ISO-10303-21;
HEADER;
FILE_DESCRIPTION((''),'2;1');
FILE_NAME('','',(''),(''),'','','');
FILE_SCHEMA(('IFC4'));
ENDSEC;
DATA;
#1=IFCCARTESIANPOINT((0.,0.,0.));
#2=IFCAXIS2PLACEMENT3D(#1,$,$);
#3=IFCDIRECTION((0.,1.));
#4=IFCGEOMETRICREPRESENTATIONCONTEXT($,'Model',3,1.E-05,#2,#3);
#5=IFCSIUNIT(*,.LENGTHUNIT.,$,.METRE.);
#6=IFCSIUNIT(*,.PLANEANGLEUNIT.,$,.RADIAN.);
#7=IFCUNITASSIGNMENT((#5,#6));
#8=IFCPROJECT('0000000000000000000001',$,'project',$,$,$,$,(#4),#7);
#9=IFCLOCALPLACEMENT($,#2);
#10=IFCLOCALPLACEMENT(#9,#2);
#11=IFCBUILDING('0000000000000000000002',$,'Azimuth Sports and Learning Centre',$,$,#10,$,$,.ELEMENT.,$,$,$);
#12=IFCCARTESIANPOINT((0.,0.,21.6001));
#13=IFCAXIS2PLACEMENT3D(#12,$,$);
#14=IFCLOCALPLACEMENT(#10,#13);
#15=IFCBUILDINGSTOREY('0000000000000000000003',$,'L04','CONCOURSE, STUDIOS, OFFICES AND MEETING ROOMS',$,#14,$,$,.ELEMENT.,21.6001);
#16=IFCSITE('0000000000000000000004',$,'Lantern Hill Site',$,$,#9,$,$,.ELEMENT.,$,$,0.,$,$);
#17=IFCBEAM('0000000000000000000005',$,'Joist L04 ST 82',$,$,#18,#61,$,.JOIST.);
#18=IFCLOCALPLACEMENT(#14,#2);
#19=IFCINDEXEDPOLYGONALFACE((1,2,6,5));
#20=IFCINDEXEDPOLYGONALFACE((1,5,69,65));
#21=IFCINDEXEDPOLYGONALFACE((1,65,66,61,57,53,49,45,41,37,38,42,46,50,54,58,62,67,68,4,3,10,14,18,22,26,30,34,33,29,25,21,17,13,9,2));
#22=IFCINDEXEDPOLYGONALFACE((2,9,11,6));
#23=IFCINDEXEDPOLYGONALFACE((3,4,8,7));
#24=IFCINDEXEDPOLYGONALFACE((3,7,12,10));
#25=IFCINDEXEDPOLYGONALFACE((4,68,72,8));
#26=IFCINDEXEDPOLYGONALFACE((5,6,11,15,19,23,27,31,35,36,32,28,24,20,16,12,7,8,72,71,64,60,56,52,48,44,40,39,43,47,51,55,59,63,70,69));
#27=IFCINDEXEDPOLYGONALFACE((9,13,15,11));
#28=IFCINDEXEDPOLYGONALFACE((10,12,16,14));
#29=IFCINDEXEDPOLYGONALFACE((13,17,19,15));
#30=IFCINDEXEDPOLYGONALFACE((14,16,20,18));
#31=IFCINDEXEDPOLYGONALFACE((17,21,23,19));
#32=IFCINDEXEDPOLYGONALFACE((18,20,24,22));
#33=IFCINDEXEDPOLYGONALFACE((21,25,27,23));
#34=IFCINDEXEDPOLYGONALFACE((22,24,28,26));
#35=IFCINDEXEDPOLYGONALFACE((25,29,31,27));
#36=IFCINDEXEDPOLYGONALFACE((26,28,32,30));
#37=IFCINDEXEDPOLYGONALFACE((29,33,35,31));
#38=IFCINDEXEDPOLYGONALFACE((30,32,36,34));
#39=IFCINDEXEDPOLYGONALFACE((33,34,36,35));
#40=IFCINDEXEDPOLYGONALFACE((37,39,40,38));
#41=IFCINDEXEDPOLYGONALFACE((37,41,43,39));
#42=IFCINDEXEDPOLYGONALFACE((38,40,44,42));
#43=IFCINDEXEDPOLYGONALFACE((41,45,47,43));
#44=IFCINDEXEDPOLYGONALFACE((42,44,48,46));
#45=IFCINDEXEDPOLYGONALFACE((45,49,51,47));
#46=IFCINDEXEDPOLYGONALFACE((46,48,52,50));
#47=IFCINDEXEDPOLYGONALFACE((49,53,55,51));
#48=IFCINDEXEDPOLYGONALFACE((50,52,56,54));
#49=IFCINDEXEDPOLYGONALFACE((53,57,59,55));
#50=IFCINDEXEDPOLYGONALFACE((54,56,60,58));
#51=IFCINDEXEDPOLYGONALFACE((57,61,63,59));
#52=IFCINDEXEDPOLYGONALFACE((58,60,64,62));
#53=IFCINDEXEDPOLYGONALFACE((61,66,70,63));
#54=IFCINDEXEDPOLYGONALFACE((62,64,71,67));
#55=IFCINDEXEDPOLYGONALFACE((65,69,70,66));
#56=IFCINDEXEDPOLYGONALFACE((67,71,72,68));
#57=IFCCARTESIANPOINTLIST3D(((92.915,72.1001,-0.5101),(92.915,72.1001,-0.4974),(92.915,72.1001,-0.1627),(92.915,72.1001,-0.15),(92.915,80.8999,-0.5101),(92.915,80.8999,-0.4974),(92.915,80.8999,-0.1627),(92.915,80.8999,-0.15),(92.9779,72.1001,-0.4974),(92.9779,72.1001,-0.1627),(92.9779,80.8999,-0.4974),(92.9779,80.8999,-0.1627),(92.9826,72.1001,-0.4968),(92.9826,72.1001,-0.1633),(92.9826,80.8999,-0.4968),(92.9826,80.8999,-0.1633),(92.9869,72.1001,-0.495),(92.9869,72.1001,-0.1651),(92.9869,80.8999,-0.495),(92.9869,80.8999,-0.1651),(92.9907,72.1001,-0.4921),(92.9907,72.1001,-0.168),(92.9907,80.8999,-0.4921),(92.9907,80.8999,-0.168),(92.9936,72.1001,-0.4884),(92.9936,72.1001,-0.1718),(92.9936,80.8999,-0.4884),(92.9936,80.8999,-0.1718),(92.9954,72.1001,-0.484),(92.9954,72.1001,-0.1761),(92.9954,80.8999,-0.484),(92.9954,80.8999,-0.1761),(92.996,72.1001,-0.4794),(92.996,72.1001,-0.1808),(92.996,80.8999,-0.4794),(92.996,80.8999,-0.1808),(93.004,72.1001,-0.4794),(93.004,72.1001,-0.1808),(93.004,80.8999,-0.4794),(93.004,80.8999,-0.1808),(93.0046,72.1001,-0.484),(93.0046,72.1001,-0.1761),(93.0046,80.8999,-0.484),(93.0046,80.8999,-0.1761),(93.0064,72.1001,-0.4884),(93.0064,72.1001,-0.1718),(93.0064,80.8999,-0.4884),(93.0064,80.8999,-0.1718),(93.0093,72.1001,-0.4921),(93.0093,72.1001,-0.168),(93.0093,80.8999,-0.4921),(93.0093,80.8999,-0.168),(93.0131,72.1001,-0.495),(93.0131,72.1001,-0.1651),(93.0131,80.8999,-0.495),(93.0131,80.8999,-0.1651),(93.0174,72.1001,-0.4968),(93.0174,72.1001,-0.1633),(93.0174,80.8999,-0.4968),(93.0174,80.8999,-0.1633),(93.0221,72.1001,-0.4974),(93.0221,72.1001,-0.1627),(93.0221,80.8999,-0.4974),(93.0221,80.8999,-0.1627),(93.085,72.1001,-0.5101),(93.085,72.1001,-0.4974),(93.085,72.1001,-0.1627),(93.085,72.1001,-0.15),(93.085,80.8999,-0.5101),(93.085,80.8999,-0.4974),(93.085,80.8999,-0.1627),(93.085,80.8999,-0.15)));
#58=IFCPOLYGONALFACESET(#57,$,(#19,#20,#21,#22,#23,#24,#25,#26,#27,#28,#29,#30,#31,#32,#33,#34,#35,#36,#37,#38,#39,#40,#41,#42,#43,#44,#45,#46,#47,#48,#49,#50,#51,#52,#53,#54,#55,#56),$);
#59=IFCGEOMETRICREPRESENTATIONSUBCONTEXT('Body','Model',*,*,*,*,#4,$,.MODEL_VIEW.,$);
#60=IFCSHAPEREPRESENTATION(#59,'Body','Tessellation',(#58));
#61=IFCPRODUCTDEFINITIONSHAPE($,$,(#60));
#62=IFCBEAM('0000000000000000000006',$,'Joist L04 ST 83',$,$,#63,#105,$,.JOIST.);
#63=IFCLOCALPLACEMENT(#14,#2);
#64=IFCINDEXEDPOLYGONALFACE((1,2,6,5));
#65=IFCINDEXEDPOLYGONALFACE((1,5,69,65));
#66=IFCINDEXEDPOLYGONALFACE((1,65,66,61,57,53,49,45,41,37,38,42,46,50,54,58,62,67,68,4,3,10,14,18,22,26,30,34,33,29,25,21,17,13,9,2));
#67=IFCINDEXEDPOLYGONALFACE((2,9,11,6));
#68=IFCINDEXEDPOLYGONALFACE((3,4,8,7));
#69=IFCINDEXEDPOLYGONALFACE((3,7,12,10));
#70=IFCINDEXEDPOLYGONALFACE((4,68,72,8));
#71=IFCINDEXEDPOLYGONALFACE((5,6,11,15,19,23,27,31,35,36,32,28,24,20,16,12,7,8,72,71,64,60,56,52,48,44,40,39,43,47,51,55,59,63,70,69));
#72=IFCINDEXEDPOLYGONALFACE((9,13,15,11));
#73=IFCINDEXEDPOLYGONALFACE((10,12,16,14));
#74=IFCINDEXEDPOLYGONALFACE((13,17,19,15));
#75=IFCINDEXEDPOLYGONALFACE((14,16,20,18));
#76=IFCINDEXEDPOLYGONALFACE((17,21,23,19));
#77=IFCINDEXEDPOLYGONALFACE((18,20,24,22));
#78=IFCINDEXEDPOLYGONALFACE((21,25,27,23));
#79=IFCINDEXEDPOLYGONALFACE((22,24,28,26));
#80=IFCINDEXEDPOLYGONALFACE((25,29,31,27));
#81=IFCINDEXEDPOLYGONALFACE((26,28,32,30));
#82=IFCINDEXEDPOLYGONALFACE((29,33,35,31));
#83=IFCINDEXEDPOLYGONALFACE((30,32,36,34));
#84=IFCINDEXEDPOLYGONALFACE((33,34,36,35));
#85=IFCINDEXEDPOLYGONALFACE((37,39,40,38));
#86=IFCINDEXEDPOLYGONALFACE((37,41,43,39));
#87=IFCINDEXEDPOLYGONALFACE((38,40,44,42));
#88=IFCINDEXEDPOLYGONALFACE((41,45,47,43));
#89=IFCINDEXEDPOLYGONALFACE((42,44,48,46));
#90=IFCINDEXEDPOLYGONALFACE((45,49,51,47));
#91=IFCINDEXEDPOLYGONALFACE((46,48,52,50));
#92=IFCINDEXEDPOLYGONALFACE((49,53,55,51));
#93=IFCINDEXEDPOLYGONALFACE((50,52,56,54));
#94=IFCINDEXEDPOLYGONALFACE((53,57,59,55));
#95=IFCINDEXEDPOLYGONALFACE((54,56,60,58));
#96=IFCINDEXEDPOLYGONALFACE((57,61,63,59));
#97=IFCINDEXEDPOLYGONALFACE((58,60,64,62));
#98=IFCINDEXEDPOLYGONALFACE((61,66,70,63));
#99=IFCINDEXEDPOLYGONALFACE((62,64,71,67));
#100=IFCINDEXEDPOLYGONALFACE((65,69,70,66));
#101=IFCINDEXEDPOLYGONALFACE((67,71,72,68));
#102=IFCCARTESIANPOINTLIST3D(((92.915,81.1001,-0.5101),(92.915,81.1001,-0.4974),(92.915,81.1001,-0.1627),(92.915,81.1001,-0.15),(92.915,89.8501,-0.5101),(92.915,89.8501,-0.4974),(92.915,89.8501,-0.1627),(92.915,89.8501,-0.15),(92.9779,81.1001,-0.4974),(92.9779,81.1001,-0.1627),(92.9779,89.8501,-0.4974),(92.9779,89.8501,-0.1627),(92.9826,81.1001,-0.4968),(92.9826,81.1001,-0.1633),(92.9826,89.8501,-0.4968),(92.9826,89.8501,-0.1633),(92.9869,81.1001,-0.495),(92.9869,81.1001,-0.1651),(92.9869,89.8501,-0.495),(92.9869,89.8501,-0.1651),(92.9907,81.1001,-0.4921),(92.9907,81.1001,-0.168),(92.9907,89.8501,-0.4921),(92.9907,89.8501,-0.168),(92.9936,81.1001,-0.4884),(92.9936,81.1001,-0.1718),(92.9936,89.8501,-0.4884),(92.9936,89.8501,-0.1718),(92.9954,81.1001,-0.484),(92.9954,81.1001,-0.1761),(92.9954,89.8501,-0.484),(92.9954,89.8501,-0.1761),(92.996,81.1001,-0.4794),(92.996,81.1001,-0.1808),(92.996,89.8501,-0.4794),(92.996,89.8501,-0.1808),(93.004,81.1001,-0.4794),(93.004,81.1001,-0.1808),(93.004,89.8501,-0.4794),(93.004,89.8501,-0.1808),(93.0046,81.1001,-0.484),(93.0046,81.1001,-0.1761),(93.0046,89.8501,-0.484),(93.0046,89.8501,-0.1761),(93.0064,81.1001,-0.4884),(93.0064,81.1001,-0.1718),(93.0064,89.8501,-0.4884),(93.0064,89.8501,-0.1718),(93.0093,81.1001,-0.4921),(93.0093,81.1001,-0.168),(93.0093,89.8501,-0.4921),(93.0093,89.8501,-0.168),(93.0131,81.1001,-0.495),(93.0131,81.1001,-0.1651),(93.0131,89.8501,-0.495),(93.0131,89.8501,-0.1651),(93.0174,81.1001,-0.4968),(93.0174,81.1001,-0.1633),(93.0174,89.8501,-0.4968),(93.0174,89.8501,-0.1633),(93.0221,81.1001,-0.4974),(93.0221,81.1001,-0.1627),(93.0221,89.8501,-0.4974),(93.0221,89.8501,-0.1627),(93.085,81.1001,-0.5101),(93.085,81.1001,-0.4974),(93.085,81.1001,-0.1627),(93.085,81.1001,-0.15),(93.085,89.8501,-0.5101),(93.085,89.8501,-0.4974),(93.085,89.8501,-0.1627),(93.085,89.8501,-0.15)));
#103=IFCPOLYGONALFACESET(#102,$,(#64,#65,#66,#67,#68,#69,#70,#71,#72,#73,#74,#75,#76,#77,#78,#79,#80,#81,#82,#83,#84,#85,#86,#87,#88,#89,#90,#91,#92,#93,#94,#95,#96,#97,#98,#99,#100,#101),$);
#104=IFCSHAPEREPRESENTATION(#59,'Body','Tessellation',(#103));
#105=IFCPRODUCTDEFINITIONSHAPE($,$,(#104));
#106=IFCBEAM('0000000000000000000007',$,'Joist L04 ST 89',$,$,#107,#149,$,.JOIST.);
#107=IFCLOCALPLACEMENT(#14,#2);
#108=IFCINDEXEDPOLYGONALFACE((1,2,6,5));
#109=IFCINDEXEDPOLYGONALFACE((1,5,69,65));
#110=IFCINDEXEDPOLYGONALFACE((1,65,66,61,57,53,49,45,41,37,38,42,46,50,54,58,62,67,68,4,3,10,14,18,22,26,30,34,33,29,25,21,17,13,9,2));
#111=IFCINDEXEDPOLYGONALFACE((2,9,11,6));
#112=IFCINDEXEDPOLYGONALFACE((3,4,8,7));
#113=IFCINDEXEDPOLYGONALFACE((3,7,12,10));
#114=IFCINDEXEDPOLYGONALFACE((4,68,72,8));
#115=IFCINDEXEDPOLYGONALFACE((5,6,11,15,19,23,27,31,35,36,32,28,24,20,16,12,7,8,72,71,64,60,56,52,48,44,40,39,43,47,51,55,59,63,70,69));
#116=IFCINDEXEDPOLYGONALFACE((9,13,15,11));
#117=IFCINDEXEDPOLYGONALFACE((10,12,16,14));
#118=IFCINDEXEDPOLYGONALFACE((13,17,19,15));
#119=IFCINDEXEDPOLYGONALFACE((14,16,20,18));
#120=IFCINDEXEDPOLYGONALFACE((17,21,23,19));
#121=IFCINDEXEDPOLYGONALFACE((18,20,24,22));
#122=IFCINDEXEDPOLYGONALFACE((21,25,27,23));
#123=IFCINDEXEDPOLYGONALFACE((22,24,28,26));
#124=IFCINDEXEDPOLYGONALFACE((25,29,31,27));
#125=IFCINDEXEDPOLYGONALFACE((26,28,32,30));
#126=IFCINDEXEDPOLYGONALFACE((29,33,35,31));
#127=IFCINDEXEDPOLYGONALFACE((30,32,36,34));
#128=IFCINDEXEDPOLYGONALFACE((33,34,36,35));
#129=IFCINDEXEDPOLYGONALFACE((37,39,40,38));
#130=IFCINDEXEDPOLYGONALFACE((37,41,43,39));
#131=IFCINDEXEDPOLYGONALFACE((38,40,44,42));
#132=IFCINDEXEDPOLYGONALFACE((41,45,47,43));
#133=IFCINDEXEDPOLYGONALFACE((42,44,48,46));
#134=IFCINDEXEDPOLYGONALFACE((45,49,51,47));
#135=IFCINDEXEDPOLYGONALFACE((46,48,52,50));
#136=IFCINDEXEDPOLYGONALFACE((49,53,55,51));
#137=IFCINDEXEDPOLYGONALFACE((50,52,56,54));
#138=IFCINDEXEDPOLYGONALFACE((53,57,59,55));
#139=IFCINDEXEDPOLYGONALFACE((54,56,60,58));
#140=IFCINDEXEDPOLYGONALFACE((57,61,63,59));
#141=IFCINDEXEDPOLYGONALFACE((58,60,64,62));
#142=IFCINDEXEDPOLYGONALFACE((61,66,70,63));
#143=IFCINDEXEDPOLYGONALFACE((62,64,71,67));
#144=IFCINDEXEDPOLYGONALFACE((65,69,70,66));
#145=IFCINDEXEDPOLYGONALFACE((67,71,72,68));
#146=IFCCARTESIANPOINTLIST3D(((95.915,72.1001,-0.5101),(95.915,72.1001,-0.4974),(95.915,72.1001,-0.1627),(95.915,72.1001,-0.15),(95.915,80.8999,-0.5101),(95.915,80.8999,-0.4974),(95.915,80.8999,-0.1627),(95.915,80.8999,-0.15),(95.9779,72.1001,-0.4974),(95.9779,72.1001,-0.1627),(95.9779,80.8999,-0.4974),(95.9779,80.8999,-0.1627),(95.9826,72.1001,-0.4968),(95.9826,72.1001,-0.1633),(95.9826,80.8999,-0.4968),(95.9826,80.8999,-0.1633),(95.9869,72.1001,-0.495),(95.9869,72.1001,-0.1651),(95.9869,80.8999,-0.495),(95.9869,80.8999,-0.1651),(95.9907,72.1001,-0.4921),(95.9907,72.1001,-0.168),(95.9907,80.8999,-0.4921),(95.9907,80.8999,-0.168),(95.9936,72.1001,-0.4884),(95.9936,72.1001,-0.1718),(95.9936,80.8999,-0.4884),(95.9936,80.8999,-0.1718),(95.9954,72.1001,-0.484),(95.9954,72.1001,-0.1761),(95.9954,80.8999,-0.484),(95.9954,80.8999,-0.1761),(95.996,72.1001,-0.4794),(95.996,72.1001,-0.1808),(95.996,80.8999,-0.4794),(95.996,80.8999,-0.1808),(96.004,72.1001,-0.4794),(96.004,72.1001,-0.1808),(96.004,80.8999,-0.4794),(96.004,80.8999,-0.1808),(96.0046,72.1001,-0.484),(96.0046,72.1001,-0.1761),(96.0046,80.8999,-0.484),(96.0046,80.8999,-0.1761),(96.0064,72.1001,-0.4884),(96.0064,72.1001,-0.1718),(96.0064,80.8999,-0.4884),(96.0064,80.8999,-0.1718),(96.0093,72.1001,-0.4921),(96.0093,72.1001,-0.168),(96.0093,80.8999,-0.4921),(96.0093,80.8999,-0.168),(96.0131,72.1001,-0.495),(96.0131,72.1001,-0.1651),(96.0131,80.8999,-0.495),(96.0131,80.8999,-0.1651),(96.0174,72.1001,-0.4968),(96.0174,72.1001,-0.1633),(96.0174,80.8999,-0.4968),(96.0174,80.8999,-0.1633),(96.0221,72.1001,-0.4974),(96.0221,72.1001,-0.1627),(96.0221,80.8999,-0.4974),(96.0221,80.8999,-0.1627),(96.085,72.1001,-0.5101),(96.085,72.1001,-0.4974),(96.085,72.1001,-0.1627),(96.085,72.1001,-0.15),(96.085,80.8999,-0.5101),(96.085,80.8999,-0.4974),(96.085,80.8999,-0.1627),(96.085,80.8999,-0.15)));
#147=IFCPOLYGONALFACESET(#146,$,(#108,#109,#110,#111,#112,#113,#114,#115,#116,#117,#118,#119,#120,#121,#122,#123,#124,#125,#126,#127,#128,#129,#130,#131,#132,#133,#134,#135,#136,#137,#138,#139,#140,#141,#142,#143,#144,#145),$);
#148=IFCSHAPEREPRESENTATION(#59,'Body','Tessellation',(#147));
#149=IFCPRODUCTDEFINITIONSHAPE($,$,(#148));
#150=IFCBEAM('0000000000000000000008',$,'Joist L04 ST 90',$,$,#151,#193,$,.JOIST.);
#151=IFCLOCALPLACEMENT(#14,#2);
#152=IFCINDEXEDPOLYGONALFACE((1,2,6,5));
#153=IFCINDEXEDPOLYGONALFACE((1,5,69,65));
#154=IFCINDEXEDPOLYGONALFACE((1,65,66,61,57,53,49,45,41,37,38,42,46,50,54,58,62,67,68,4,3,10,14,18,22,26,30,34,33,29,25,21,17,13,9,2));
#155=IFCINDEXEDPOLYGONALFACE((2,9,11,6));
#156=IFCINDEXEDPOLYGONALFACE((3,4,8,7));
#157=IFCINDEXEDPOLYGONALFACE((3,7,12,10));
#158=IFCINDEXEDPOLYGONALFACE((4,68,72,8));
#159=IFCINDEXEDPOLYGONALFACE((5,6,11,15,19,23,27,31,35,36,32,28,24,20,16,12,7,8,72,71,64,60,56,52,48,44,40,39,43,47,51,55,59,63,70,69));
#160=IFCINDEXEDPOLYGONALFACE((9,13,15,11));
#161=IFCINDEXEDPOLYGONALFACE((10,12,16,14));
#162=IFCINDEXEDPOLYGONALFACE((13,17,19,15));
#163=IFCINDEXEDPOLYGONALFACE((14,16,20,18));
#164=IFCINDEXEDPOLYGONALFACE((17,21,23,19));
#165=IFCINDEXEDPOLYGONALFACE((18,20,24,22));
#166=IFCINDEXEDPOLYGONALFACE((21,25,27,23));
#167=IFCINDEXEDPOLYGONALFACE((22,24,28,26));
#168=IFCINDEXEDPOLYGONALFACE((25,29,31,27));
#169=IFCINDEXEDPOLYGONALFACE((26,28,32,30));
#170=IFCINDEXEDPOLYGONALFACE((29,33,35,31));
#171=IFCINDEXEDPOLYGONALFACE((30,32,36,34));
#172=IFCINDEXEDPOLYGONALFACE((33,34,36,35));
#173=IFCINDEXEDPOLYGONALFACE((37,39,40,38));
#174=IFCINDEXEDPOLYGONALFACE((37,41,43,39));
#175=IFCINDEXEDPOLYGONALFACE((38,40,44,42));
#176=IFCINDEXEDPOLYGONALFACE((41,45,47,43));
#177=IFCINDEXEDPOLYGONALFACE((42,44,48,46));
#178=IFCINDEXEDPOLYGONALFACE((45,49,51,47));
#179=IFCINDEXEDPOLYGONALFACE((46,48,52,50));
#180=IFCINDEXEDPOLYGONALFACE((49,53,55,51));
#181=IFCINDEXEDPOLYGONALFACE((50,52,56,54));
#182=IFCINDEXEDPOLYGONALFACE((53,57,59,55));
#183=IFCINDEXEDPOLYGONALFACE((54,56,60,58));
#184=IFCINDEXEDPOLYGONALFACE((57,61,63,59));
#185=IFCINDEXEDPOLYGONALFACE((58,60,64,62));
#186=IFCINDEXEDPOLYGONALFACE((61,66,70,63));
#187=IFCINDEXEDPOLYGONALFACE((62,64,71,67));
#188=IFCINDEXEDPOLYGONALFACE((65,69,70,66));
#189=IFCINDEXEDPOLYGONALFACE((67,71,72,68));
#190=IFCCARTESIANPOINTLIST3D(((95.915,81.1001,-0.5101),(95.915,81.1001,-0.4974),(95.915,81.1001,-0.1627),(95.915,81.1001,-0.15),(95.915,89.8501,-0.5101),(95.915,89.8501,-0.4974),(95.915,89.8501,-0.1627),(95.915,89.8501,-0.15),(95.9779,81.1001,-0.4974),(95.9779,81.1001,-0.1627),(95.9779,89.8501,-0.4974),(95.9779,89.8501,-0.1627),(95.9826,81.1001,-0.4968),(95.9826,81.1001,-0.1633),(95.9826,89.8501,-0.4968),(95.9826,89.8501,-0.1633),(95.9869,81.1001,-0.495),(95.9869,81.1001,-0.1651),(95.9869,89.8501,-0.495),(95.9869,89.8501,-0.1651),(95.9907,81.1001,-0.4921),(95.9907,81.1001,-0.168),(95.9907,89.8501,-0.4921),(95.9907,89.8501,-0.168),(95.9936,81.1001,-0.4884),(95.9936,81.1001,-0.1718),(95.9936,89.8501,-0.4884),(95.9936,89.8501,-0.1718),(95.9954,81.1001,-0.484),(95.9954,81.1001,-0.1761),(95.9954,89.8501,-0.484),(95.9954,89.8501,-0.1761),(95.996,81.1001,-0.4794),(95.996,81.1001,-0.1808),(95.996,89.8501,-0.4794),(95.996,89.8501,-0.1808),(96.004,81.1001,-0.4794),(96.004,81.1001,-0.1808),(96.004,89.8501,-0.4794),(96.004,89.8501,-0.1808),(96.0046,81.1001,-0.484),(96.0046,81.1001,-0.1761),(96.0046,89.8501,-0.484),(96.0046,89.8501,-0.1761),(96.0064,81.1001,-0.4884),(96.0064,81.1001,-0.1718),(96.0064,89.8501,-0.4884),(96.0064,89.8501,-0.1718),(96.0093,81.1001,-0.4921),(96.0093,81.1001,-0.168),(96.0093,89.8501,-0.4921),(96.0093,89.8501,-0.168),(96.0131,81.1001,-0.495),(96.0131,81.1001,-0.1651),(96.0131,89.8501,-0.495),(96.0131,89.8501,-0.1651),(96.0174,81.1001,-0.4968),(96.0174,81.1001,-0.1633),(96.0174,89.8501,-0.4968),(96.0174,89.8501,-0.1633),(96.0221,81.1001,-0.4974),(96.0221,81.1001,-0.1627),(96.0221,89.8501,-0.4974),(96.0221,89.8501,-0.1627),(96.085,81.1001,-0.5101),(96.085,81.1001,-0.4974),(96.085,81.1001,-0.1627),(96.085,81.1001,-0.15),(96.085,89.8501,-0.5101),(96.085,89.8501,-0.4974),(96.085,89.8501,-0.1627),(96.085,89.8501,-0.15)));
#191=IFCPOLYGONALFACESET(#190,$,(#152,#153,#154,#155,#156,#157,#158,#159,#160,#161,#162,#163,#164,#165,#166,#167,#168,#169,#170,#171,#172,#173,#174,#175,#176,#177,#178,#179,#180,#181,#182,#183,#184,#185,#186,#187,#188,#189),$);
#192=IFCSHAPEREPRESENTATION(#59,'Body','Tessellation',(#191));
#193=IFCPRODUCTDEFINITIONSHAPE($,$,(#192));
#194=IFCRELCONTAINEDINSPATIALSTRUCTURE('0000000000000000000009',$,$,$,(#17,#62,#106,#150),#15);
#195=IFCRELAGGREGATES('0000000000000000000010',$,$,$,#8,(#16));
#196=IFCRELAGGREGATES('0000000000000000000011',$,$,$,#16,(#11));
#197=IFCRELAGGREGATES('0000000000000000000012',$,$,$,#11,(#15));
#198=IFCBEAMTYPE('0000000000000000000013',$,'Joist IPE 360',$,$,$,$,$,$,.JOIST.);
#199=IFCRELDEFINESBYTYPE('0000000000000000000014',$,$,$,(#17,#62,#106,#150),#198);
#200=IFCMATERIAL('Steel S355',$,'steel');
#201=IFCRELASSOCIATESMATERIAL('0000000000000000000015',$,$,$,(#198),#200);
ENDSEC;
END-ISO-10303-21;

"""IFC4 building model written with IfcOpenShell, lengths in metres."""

from ifc_helpers import new_model, si_unit, direction, frame, origin, origin_2d, place, context, subcontext, project, spatial, i_section, extrude, material, material_profile, profile_set, type_object, element, save


model = new_model("IFC4")

# Units and contexts
model_context = context("Model", 3, precision=1e-05, world=origin(), true_north=direction((0.0, 1.0)))
body_context = subcontext(model_context, "Body", "Model", "MODEL_VIEW")
ifc_project = project(units=[si_unit("LENGTHUNIT", "METRE"), si_unit("PLANEANGLEUNIT", "RADIAN")], contexts=[model_context])

# Site, building, storey
site_placement = place(None, origin())
site = spatial("IfcSite", under=ifc_project, at=site_placement, Name="Lantern Hill Site", CompositionType="ELEMENT", RefElevation=0.0)
building_placement = place(site_placement, origin())
building = spatial("IfcBuilding", under=site, at=building_placement, Name="Azimuth Sports and Learning Centre", CompositionType="ELEMENT")
storey_placement = place(building_placement, frame((0.0, 0.0, 21.6001)))
storey = spatial("IfcBuildingStorey", under=building, at=storey_placement, Name="L04", Description="CONCOURSE, STUDIOS, OFFICES AND MEETING ROOMS", CompositionType="ELEMENT", Elevation=21.6001)

# Beams
ifc_material_1 = material(Name="Steel S355", Category="steel")
ifc_material_profile_1 = material_profile(ifc_material_1, i_section(OverallWidth=0.1699, OverallDepth=0.3601, WebThickness=0.0081, FlangeThickness=0.0127, FilletRadius=0.0181, at=origin_2d()), Name="IPE 360")
ifc_profile_set_1 = profile_set([ifc_material_profile_1], Name="Steel S355")
beam_type_1 = type_object("IfcBeamType", Name="Joist IPE 360", PredefinedType="JOIST", material=ifc_profile_set_1)
beam_1_placement = place(storey_placement, frame((93.0, 72.1001, -0.3301), z_axis=(0.0, 1.0, 0.0), x_axis=(-1.0, 0.0, 0.0)))
element("IfcBeam", 1, at=beam_1_placement, inside=storey, type_object=beam_type_1, Name="Joist L04 ST 82", PredefinedType="JOIST", context=body_context, shape_type="SweptSolid", body=[
    extrude(i_section(OverallWidth=0.1699, OverallDepth=0.3601, WebThickness=0.0081, FlangeThickness=0.0127, FilletRadius=0.0181, at=origin_2d()), origin(), (0.0, 0.0, 1.0), 8.7998),
])
beam_2_placement = place(storey_placement, frame((93.0, 81.1001, -0.3301), z_axis=(0.0, 1.0, 0.0), x_axis=(-1.0, 0.0, 0.0)))
element("IfcBeam", 2, at=beam_2_placement, inside=storey, type_object=beam_type_1, Name="Joist L04 ST 83", PredefinedType="JOIST", context=body_context, shape_type="SweptSolid", body=[
    extrude(i_section(OverallWidth=0.1699, OverallDepth=0.3601, WebThickness=0.0081, FlangeThickness=0.0127, FilletRadius=0.0181, at=origin_2d()), origin(), (0.0, 0.0, 1.0), 8.75),
])
beam_3_placement = place(storey_placement, frame((96.0, 72.1001, -0.3301), z_axis=(0.0, 1.0, 0.0), x_axis=(-1.0, 0.0, 0.0)))
element("IfcBeam", 3, at=beam_3_placement, inside=storey, type_object=beam_type_1, Name="Joist L04 ST 89", PredefinedType="JOIST", context=body_context, shape_type="SweptSolid", body=[
    extrude(i_section(OverallWidth=0.1699, OverallDepth=0.3601, WebThickness=0.0081, FlangeThickness=0.0127, FilletRadius=0.0181, at=origin_2d()), origin(), (0.0, 0.0, 1.0), 8.7998),
])
beam_4_placement = place(storey_placement, frame((96.0, 81.1001, -0.3301), z_axis=(0.0, 1.0, 0.0), x_axis=(-1.0, 0.0, 0.0)))
element("IfcBeam", 4, at=beam_4_placement, inside=storey, type_object=beam_type_1, Name="Joist L04 ST 90", PredefinedType="JOIST", context=body_context, shape_type="SweptSolid", body=[
    extrude(i_section(OverallWidth=0.1699, OverallDepth=0.3601, WebThickness=0.0081, FlangeThickness=0.0127, FilletRadius=0.0181, at=origin_2d()), origin(), (0.0, 0.0, 1.0), 8.75),
])

save(model, "model.ifc")
